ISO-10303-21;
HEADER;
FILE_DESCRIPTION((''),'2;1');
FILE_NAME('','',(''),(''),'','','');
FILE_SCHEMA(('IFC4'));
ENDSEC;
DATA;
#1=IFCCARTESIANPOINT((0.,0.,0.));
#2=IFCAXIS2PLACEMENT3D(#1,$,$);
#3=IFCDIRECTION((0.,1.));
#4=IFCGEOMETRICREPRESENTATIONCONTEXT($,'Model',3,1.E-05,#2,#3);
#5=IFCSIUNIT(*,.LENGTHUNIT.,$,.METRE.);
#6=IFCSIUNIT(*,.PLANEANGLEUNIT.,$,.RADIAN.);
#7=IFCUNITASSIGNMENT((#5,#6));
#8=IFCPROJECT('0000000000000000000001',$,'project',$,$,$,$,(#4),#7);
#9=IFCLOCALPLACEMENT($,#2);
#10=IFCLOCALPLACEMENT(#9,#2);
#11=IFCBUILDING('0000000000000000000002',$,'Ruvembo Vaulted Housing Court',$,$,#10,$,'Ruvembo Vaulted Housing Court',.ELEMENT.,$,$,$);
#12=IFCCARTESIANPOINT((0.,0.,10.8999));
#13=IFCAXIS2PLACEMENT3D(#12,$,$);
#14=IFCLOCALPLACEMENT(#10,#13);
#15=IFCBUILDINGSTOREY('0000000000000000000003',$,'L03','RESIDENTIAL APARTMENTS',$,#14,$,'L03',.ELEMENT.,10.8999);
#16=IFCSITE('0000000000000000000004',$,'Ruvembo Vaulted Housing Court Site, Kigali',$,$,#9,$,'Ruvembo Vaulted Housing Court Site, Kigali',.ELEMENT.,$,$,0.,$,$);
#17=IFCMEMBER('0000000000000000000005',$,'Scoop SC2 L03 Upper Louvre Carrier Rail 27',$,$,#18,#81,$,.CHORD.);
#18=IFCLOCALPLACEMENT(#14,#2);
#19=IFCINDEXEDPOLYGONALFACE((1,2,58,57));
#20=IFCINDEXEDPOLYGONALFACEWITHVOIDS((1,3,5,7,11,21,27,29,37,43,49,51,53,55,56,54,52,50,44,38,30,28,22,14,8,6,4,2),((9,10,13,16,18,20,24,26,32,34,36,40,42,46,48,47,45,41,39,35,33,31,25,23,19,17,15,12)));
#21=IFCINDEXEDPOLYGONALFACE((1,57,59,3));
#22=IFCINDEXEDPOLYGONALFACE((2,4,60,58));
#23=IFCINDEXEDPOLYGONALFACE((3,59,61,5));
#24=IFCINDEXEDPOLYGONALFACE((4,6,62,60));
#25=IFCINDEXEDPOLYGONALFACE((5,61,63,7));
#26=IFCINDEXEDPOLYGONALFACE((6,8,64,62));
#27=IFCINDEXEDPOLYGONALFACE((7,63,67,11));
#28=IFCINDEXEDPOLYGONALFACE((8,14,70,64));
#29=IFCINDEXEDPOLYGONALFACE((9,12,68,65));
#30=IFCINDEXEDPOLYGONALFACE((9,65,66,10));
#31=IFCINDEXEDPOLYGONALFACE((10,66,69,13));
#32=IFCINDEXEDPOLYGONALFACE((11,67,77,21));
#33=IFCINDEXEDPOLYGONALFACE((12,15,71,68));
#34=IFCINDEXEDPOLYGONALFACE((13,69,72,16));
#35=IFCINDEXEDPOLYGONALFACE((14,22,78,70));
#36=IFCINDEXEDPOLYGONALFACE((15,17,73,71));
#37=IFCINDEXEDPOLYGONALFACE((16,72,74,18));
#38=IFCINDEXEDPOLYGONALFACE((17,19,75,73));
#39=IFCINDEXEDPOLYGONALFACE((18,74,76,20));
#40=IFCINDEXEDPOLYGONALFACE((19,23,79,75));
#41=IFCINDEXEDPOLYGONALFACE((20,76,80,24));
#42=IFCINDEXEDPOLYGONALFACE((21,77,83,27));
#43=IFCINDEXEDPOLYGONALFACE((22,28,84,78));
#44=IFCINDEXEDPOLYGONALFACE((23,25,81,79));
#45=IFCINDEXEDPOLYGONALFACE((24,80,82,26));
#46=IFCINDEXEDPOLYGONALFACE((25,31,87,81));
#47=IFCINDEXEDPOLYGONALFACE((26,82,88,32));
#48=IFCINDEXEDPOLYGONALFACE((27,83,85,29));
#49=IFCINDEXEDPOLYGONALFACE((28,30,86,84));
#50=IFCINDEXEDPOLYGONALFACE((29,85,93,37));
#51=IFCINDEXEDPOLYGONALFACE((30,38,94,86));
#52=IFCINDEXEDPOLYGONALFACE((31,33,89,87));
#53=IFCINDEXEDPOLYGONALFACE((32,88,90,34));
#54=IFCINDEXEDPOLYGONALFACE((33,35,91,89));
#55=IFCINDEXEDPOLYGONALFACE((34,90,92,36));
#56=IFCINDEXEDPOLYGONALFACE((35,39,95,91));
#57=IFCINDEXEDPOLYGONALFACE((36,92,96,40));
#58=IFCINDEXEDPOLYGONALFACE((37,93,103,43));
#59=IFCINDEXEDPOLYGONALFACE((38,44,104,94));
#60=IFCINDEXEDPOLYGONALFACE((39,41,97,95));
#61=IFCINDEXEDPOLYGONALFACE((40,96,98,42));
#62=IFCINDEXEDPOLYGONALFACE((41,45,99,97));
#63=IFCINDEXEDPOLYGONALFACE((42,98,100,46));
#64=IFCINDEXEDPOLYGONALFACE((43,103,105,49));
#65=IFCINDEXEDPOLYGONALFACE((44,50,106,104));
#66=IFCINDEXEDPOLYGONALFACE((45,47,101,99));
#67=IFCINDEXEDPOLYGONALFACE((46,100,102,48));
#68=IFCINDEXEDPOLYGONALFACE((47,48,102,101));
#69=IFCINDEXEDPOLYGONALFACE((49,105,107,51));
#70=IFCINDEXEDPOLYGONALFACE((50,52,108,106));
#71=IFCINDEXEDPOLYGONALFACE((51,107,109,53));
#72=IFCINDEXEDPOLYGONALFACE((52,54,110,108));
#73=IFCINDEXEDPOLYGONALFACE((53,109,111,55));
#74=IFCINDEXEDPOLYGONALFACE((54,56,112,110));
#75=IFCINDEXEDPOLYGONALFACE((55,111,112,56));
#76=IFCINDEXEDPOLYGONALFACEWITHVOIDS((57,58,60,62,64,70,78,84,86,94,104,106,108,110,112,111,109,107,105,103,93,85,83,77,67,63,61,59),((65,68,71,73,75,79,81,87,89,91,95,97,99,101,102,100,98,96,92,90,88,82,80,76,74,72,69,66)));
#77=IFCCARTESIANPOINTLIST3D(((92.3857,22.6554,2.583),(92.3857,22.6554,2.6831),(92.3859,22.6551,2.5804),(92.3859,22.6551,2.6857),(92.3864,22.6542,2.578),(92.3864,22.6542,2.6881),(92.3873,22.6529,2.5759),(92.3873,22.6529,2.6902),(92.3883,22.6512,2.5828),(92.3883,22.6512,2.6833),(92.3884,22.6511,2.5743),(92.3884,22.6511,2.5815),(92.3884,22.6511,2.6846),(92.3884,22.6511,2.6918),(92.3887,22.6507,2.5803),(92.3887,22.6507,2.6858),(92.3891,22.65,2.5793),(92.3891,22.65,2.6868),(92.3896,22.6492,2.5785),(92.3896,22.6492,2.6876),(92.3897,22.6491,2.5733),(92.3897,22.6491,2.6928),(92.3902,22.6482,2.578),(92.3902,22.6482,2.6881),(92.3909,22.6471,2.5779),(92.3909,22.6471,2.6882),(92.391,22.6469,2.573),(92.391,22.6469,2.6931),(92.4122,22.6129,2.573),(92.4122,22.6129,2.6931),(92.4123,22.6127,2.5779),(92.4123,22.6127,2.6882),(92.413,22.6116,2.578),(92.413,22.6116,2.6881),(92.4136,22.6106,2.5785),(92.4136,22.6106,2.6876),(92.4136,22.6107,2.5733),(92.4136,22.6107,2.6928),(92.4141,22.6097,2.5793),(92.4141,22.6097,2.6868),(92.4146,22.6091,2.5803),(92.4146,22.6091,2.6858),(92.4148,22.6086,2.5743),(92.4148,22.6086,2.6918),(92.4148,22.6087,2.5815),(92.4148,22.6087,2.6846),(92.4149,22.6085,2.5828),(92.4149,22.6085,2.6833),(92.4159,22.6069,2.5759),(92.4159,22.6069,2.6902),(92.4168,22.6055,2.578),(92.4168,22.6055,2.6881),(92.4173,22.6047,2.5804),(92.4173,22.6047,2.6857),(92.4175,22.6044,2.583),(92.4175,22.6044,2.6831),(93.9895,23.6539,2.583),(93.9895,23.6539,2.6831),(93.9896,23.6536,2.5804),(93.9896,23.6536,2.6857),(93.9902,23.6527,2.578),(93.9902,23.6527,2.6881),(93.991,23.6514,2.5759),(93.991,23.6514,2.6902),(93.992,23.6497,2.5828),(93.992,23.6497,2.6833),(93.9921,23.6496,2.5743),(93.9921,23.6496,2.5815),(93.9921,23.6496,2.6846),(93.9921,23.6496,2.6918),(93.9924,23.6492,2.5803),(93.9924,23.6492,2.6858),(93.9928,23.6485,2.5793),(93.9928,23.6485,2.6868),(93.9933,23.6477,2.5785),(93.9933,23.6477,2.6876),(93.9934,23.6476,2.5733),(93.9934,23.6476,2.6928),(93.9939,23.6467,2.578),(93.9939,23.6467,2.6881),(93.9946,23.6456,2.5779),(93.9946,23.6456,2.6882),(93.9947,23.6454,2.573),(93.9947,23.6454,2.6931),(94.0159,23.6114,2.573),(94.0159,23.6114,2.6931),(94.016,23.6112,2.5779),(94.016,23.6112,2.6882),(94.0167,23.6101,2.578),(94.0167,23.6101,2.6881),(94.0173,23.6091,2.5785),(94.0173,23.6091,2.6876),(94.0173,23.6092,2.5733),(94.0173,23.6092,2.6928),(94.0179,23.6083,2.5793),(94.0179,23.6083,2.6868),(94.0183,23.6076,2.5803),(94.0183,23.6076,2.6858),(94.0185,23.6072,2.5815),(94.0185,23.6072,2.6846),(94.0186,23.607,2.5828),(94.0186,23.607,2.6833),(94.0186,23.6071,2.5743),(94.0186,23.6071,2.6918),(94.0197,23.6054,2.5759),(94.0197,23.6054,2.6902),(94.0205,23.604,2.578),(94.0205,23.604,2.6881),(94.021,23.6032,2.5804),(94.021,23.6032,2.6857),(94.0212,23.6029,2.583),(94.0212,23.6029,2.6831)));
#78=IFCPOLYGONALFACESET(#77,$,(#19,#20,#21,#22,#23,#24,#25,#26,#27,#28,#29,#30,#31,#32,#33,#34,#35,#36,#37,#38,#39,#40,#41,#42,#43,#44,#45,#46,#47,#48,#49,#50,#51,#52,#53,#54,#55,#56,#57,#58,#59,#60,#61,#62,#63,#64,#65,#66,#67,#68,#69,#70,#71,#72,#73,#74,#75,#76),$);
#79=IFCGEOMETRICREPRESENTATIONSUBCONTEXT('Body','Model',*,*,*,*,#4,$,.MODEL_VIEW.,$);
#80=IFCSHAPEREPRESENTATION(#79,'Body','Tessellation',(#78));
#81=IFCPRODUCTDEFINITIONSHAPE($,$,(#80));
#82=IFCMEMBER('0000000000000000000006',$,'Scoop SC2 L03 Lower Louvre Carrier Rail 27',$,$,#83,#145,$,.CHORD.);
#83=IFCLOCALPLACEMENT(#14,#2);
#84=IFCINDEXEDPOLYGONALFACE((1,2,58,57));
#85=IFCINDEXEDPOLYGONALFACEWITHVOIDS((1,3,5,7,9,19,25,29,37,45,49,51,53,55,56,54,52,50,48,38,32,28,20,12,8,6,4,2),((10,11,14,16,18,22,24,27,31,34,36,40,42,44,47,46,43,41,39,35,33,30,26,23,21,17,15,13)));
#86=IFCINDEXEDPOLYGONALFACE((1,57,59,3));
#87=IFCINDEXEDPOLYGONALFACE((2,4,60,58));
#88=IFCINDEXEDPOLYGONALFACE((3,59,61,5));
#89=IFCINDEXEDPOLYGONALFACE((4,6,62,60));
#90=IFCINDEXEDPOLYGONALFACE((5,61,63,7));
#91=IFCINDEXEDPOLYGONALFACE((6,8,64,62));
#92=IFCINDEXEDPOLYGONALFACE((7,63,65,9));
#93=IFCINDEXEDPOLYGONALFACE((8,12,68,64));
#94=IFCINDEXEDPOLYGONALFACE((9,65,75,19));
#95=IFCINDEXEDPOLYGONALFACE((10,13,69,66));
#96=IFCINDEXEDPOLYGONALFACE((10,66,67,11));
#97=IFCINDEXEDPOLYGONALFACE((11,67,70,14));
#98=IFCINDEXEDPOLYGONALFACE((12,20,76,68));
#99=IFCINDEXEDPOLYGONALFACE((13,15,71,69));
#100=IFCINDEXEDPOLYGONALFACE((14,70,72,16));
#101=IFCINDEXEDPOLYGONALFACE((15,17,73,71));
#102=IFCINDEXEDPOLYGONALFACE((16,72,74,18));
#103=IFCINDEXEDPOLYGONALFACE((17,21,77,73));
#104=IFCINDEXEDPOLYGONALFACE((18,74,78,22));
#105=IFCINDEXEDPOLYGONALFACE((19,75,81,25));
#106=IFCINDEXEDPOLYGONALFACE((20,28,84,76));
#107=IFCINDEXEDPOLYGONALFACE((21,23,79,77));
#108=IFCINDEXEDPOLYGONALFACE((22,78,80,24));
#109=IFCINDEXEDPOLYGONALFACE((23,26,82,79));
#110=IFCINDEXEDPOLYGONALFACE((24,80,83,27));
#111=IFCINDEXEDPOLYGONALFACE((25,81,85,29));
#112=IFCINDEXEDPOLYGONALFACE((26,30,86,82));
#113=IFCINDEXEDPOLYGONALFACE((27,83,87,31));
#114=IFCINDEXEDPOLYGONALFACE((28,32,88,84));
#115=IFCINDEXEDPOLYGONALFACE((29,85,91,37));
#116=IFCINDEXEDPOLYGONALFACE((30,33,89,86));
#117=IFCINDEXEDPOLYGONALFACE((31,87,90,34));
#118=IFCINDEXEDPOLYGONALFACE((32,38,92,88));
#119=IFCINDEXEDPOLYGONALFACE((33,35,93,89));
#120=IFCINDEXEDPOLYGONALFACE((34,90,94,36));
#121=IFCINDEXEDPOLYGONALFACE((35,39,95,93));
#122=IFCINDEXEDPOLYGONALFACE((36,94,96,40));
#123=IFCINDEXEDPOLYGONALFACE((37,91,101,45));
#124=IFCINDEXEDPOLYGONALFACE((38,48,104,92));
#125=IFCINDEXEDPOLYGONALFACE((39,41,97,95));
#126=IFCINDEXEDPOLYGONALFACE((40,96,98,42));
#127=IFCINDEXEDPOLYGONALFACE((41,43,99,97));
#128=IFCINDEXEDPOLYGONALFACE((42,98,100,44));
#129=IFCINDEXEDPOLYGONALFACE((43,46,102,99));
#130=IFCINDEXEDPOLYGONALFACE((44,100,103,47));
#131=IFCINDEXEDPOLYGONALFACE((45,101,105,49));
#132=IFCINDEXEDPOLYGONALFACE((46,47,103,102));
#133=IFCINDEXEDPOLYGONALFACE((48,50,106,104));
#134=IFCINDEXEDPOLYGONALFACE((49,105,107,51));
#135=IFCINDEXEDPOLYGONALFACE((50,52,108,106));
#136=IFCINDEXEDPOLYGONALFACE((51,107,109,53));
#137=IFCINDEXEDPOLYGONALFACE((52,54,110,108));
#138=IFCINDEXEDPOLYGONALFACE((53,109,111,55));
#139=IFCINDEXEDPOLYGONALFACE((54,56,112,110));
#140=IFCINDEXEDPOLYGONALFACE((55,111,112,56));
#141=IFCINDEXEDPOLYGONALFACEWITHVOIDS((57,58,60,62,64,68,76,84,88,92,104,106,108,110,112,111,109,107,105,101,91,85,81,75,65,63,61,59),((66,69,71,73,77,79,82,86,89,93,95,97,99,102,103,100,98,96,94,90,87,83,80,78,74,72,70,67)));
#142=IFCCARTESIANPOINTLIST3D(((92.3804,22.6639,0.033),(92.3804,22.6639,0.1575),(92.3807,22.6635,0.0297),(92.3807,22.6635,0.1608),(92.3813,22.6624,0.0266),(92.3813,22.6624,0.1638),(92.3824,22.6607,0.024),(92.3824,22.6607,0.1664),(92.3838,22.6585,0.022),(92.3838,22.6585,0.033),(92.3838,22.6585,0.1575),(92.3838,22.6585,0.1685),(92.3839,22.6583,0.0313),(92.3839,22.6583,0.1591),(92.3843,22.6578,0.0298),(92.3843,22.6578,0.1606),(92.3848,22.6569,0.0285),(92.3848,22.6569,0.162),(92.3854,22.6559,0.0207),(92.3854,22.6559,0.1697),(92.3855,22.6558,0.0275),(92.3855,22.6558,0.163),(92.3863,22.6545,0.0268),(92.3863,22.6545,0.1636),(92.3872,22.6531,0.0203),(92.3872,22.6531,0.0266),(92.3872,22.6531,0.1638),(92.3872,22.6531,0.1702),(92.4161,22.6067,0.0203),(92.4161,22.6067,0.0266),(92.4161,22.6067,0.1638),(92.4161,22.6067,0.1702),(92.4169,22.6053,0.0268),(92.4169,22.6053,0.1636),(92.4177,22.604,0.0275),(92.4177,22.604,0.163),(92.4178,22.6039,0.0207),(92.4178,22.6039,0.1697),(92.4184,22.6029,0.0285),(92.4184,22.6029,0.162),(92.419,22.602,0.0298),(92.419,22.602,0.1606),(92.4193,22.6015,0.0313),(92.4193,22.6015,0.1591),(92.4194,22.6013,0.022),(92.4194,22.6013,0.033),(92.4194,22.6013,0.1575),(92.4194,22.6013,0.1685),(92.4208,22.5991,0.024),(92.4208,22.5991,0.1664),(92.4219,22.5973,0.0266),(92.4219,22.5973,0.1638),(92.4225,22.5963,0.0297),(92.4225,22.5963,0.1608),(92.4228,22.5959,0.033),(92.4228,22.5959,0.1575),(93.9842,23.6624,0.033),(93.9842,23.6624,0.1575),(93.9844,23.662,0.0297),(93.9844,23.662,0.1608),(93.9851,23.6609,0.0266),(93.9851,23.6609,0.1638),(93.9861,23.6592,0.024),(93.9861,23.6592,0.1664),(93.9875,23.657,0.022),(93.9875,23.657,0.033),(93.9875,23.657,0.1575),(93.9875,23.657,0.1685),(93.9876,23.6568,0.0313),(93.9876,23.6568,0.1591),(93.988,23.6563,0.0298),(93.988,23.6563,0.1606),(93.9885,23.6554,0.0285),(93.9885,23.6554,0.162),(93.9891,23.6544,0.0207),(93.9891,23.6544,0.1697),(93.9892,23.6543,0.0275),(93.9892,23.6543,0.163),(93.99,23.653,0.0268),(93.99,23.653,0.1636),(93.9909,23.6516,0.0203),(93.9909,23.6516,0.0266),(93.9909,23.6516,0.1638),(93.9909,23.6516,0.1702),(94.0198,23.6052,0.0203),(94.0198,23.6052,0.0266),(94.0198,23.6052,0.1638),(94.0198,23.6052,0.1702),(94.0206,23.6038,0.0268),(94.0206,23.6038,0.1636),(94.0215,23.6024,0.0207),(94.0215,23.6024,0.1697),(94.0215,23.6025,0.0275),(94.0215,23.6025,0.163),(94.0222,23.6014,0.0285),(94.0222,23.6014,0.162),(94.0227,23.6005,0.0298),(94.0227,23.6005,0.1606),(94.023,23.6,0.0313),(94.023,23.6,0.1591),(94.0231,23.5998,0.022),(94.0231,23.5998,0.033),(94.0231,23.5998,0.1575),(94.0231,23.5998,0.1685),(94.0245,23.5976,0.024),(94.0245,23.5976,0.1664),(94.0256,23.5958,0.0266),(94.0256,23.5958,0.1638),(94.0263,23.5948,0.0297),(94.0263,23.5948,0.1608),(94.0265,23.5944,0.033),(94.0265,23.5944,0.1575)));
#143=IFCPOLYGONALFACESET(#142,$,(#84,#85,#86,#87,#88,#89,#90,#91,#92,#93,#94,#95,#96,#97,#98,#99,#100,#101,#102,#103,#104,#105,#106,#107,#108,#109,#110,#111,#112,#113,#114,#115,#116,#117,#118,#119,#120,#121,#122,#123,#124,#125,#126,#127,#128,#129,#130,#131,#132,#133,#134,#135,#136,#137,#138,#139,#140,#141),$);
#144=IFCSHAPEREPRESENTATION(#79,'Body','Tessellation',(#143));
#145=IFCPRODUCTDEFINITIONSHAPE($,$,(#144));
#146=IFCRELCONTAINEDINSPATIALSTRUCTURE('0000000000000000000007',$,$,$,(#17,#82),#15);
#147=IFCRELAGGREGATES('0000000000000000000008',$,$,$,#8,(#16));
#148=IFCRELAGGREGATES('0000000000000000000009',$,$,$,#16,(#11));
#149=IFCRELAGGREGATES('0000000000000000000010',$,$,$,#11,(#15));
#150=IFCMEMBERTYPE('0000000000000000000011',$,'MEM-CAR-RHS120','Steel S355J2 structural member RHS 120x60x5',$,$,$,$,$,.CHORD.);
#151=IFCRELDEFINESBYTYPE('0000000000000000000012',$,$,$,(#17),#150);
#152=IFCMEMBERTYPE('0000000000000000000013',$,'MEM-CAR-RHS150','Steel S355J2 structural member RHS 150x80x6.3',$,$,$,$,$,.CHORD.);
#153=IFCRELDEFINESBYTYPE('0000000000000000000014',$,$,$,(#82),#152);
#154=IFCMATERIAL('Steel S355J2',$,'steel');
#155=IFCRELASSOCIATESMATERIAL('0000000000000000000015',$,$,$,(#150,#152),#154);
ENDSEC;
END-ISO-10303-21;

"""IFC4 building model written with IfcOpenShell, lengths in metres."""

from ifc_helpers import new_model, si_unit, direction, frame, origin, origin_2d, place, context, subcontext, project, spatial, hollow_rectangle, extrude, material, material_profile, profile_set, type_object, element, save


model = new_model("IFC4")

# Units and contexts
model_context = context("Model", 3, precision=1e-05, world=origin(), true_north=direction((0.0, 1.0)))
body_context = subcontext(model_context, "Body", "Model", "MODEL_VIEW")
ifc_project = project(units=[si_unit("LENGTHUNIT", "METRE"), si_unit("PLANEANGLEUNIT", "RADIAN")], contexts=[model_context])

# Site, building, storey
site_placement = place(None, origin())
site = spatial("IfcSite", under=ifc_project, at=site_placement, Name="Ruvembo Vaulted Housing Court Site, Kigali", LongName="Ruvembo Vaulted Housing Court Site, Kigali", CompositionType="ELEMENT", RefElevation=0.0)
building_placement = place(site_placement, origin())
building = spatial("IfcBuilding", under=site, at=building_placement, Name="Ruvembo Vaulted Housing Court", LongName="Ruvembo Vaulted Housing Court", CompositionType="ELEMENT")
storey_placement = place(building_placement, frame((0.0, 0.0, 10.8999)))
storey = spatial("IfcBuildingStorey", under=building, at=storey_placement, Name="L03", Description="RESIDENTIAL APARTMENTS", LongName="L03", CompositionType="ELEMENT", Elevation=10.8999)

# Shared definitions
ifc_material_1 = material(Name="Steel S355J2", Category="steel")

# Members
ifc_material_profile_1 = material_profile(ifc_material_1, hollow_rectangle(XDim=0.0601, YDim=0.1201, WallThickness=0.0049, InnerFilletRadius=0.0049, OuterFilletRadius=0.01, at=origin_2d()), Name="RHS 120x60x5")
ifc_profile_set_1 = profile_set([ifc_material_profile_1], Name="Steel S355J2")
member_type_1 = type_object("IfcMemberType", Name="MEM-CAR-RHS120", Description="Steel S355J2 structural member RHS 120x60x5", PredefinedType="CHORD", material=ifc_profile_set_1)
member_1_placement = place(storey_placement, frame((92.4016, 22.6299, 2.6331), z_axis=(0.848905, 0.528546, 0.0), x_axis=(-0.528546, 0.848905, 0.0)))
element("IfcMember", 1, at=member_1_placement, inside=storey, type_object=member_type_1, Name="Scoop SC2 L03 Upper Louvre Carrier Rail 27", PredefinedType="CHORD", context=body_context, shape_type="SweptSolid", body=[
    extrude(hollow_rectangle(XDim=0.0601, YDim=0.1201, WallThickness=0.0049, InnerFilletRadius=0.0049, OuterFilletRadius=0.01, at=origin_2d()), origin(), (0.0, 0.0, 1.0), 1.8892),
])
ifc_material_profile_2 = material_profile(ifc_material_1, hollow_rectangle(XDim=0.0801, YDim=0.1499, WallThickness=0.0063, InnerFilletRadius=0.0063, OuterFilletRadius=0.0127, at=origin_2d()), Name="RHS 150x80x6.3")
ifc_profile_set_2 = profile_set([ifc_material_profile_2], Name="Steel S355J2")
member_type_2 = type_object("IfcMemberType", Name="MEM-CAR-RHS150", Description="Steel S355J2 structural member RHS 150x80x6.3", PredefinedType="CHORD", material=ifc_profile_set_2)
member_2_placement = place(storey_placement, frame((92.4016, 22.6299, 0.0952), z_axis=(0.848905, 0.528546, 0.0), x_axis=(-0.528546, 0.848905, 0.0)))
element("IfcMember", 2, at=member_2_placement, inside=storey, type_object=member_type_2, Name="Scoop SC2 L03 Lower Louvre Carrier Rail 27", PredefinedType="CHORD", context=body_context, shape_type="SweptSolid", body=[
    extrude(hollow_rectangle(XDim=0.0801, YDim=0.1499, WallThickness=0.0063, InnerFilletRadius=0.0063, OuterFilletRadius=0.0127, at=origin_2d()), origin(), (0.0, 0.0, 1.0), 1.8892),
])

save(model, "model.ifc")
